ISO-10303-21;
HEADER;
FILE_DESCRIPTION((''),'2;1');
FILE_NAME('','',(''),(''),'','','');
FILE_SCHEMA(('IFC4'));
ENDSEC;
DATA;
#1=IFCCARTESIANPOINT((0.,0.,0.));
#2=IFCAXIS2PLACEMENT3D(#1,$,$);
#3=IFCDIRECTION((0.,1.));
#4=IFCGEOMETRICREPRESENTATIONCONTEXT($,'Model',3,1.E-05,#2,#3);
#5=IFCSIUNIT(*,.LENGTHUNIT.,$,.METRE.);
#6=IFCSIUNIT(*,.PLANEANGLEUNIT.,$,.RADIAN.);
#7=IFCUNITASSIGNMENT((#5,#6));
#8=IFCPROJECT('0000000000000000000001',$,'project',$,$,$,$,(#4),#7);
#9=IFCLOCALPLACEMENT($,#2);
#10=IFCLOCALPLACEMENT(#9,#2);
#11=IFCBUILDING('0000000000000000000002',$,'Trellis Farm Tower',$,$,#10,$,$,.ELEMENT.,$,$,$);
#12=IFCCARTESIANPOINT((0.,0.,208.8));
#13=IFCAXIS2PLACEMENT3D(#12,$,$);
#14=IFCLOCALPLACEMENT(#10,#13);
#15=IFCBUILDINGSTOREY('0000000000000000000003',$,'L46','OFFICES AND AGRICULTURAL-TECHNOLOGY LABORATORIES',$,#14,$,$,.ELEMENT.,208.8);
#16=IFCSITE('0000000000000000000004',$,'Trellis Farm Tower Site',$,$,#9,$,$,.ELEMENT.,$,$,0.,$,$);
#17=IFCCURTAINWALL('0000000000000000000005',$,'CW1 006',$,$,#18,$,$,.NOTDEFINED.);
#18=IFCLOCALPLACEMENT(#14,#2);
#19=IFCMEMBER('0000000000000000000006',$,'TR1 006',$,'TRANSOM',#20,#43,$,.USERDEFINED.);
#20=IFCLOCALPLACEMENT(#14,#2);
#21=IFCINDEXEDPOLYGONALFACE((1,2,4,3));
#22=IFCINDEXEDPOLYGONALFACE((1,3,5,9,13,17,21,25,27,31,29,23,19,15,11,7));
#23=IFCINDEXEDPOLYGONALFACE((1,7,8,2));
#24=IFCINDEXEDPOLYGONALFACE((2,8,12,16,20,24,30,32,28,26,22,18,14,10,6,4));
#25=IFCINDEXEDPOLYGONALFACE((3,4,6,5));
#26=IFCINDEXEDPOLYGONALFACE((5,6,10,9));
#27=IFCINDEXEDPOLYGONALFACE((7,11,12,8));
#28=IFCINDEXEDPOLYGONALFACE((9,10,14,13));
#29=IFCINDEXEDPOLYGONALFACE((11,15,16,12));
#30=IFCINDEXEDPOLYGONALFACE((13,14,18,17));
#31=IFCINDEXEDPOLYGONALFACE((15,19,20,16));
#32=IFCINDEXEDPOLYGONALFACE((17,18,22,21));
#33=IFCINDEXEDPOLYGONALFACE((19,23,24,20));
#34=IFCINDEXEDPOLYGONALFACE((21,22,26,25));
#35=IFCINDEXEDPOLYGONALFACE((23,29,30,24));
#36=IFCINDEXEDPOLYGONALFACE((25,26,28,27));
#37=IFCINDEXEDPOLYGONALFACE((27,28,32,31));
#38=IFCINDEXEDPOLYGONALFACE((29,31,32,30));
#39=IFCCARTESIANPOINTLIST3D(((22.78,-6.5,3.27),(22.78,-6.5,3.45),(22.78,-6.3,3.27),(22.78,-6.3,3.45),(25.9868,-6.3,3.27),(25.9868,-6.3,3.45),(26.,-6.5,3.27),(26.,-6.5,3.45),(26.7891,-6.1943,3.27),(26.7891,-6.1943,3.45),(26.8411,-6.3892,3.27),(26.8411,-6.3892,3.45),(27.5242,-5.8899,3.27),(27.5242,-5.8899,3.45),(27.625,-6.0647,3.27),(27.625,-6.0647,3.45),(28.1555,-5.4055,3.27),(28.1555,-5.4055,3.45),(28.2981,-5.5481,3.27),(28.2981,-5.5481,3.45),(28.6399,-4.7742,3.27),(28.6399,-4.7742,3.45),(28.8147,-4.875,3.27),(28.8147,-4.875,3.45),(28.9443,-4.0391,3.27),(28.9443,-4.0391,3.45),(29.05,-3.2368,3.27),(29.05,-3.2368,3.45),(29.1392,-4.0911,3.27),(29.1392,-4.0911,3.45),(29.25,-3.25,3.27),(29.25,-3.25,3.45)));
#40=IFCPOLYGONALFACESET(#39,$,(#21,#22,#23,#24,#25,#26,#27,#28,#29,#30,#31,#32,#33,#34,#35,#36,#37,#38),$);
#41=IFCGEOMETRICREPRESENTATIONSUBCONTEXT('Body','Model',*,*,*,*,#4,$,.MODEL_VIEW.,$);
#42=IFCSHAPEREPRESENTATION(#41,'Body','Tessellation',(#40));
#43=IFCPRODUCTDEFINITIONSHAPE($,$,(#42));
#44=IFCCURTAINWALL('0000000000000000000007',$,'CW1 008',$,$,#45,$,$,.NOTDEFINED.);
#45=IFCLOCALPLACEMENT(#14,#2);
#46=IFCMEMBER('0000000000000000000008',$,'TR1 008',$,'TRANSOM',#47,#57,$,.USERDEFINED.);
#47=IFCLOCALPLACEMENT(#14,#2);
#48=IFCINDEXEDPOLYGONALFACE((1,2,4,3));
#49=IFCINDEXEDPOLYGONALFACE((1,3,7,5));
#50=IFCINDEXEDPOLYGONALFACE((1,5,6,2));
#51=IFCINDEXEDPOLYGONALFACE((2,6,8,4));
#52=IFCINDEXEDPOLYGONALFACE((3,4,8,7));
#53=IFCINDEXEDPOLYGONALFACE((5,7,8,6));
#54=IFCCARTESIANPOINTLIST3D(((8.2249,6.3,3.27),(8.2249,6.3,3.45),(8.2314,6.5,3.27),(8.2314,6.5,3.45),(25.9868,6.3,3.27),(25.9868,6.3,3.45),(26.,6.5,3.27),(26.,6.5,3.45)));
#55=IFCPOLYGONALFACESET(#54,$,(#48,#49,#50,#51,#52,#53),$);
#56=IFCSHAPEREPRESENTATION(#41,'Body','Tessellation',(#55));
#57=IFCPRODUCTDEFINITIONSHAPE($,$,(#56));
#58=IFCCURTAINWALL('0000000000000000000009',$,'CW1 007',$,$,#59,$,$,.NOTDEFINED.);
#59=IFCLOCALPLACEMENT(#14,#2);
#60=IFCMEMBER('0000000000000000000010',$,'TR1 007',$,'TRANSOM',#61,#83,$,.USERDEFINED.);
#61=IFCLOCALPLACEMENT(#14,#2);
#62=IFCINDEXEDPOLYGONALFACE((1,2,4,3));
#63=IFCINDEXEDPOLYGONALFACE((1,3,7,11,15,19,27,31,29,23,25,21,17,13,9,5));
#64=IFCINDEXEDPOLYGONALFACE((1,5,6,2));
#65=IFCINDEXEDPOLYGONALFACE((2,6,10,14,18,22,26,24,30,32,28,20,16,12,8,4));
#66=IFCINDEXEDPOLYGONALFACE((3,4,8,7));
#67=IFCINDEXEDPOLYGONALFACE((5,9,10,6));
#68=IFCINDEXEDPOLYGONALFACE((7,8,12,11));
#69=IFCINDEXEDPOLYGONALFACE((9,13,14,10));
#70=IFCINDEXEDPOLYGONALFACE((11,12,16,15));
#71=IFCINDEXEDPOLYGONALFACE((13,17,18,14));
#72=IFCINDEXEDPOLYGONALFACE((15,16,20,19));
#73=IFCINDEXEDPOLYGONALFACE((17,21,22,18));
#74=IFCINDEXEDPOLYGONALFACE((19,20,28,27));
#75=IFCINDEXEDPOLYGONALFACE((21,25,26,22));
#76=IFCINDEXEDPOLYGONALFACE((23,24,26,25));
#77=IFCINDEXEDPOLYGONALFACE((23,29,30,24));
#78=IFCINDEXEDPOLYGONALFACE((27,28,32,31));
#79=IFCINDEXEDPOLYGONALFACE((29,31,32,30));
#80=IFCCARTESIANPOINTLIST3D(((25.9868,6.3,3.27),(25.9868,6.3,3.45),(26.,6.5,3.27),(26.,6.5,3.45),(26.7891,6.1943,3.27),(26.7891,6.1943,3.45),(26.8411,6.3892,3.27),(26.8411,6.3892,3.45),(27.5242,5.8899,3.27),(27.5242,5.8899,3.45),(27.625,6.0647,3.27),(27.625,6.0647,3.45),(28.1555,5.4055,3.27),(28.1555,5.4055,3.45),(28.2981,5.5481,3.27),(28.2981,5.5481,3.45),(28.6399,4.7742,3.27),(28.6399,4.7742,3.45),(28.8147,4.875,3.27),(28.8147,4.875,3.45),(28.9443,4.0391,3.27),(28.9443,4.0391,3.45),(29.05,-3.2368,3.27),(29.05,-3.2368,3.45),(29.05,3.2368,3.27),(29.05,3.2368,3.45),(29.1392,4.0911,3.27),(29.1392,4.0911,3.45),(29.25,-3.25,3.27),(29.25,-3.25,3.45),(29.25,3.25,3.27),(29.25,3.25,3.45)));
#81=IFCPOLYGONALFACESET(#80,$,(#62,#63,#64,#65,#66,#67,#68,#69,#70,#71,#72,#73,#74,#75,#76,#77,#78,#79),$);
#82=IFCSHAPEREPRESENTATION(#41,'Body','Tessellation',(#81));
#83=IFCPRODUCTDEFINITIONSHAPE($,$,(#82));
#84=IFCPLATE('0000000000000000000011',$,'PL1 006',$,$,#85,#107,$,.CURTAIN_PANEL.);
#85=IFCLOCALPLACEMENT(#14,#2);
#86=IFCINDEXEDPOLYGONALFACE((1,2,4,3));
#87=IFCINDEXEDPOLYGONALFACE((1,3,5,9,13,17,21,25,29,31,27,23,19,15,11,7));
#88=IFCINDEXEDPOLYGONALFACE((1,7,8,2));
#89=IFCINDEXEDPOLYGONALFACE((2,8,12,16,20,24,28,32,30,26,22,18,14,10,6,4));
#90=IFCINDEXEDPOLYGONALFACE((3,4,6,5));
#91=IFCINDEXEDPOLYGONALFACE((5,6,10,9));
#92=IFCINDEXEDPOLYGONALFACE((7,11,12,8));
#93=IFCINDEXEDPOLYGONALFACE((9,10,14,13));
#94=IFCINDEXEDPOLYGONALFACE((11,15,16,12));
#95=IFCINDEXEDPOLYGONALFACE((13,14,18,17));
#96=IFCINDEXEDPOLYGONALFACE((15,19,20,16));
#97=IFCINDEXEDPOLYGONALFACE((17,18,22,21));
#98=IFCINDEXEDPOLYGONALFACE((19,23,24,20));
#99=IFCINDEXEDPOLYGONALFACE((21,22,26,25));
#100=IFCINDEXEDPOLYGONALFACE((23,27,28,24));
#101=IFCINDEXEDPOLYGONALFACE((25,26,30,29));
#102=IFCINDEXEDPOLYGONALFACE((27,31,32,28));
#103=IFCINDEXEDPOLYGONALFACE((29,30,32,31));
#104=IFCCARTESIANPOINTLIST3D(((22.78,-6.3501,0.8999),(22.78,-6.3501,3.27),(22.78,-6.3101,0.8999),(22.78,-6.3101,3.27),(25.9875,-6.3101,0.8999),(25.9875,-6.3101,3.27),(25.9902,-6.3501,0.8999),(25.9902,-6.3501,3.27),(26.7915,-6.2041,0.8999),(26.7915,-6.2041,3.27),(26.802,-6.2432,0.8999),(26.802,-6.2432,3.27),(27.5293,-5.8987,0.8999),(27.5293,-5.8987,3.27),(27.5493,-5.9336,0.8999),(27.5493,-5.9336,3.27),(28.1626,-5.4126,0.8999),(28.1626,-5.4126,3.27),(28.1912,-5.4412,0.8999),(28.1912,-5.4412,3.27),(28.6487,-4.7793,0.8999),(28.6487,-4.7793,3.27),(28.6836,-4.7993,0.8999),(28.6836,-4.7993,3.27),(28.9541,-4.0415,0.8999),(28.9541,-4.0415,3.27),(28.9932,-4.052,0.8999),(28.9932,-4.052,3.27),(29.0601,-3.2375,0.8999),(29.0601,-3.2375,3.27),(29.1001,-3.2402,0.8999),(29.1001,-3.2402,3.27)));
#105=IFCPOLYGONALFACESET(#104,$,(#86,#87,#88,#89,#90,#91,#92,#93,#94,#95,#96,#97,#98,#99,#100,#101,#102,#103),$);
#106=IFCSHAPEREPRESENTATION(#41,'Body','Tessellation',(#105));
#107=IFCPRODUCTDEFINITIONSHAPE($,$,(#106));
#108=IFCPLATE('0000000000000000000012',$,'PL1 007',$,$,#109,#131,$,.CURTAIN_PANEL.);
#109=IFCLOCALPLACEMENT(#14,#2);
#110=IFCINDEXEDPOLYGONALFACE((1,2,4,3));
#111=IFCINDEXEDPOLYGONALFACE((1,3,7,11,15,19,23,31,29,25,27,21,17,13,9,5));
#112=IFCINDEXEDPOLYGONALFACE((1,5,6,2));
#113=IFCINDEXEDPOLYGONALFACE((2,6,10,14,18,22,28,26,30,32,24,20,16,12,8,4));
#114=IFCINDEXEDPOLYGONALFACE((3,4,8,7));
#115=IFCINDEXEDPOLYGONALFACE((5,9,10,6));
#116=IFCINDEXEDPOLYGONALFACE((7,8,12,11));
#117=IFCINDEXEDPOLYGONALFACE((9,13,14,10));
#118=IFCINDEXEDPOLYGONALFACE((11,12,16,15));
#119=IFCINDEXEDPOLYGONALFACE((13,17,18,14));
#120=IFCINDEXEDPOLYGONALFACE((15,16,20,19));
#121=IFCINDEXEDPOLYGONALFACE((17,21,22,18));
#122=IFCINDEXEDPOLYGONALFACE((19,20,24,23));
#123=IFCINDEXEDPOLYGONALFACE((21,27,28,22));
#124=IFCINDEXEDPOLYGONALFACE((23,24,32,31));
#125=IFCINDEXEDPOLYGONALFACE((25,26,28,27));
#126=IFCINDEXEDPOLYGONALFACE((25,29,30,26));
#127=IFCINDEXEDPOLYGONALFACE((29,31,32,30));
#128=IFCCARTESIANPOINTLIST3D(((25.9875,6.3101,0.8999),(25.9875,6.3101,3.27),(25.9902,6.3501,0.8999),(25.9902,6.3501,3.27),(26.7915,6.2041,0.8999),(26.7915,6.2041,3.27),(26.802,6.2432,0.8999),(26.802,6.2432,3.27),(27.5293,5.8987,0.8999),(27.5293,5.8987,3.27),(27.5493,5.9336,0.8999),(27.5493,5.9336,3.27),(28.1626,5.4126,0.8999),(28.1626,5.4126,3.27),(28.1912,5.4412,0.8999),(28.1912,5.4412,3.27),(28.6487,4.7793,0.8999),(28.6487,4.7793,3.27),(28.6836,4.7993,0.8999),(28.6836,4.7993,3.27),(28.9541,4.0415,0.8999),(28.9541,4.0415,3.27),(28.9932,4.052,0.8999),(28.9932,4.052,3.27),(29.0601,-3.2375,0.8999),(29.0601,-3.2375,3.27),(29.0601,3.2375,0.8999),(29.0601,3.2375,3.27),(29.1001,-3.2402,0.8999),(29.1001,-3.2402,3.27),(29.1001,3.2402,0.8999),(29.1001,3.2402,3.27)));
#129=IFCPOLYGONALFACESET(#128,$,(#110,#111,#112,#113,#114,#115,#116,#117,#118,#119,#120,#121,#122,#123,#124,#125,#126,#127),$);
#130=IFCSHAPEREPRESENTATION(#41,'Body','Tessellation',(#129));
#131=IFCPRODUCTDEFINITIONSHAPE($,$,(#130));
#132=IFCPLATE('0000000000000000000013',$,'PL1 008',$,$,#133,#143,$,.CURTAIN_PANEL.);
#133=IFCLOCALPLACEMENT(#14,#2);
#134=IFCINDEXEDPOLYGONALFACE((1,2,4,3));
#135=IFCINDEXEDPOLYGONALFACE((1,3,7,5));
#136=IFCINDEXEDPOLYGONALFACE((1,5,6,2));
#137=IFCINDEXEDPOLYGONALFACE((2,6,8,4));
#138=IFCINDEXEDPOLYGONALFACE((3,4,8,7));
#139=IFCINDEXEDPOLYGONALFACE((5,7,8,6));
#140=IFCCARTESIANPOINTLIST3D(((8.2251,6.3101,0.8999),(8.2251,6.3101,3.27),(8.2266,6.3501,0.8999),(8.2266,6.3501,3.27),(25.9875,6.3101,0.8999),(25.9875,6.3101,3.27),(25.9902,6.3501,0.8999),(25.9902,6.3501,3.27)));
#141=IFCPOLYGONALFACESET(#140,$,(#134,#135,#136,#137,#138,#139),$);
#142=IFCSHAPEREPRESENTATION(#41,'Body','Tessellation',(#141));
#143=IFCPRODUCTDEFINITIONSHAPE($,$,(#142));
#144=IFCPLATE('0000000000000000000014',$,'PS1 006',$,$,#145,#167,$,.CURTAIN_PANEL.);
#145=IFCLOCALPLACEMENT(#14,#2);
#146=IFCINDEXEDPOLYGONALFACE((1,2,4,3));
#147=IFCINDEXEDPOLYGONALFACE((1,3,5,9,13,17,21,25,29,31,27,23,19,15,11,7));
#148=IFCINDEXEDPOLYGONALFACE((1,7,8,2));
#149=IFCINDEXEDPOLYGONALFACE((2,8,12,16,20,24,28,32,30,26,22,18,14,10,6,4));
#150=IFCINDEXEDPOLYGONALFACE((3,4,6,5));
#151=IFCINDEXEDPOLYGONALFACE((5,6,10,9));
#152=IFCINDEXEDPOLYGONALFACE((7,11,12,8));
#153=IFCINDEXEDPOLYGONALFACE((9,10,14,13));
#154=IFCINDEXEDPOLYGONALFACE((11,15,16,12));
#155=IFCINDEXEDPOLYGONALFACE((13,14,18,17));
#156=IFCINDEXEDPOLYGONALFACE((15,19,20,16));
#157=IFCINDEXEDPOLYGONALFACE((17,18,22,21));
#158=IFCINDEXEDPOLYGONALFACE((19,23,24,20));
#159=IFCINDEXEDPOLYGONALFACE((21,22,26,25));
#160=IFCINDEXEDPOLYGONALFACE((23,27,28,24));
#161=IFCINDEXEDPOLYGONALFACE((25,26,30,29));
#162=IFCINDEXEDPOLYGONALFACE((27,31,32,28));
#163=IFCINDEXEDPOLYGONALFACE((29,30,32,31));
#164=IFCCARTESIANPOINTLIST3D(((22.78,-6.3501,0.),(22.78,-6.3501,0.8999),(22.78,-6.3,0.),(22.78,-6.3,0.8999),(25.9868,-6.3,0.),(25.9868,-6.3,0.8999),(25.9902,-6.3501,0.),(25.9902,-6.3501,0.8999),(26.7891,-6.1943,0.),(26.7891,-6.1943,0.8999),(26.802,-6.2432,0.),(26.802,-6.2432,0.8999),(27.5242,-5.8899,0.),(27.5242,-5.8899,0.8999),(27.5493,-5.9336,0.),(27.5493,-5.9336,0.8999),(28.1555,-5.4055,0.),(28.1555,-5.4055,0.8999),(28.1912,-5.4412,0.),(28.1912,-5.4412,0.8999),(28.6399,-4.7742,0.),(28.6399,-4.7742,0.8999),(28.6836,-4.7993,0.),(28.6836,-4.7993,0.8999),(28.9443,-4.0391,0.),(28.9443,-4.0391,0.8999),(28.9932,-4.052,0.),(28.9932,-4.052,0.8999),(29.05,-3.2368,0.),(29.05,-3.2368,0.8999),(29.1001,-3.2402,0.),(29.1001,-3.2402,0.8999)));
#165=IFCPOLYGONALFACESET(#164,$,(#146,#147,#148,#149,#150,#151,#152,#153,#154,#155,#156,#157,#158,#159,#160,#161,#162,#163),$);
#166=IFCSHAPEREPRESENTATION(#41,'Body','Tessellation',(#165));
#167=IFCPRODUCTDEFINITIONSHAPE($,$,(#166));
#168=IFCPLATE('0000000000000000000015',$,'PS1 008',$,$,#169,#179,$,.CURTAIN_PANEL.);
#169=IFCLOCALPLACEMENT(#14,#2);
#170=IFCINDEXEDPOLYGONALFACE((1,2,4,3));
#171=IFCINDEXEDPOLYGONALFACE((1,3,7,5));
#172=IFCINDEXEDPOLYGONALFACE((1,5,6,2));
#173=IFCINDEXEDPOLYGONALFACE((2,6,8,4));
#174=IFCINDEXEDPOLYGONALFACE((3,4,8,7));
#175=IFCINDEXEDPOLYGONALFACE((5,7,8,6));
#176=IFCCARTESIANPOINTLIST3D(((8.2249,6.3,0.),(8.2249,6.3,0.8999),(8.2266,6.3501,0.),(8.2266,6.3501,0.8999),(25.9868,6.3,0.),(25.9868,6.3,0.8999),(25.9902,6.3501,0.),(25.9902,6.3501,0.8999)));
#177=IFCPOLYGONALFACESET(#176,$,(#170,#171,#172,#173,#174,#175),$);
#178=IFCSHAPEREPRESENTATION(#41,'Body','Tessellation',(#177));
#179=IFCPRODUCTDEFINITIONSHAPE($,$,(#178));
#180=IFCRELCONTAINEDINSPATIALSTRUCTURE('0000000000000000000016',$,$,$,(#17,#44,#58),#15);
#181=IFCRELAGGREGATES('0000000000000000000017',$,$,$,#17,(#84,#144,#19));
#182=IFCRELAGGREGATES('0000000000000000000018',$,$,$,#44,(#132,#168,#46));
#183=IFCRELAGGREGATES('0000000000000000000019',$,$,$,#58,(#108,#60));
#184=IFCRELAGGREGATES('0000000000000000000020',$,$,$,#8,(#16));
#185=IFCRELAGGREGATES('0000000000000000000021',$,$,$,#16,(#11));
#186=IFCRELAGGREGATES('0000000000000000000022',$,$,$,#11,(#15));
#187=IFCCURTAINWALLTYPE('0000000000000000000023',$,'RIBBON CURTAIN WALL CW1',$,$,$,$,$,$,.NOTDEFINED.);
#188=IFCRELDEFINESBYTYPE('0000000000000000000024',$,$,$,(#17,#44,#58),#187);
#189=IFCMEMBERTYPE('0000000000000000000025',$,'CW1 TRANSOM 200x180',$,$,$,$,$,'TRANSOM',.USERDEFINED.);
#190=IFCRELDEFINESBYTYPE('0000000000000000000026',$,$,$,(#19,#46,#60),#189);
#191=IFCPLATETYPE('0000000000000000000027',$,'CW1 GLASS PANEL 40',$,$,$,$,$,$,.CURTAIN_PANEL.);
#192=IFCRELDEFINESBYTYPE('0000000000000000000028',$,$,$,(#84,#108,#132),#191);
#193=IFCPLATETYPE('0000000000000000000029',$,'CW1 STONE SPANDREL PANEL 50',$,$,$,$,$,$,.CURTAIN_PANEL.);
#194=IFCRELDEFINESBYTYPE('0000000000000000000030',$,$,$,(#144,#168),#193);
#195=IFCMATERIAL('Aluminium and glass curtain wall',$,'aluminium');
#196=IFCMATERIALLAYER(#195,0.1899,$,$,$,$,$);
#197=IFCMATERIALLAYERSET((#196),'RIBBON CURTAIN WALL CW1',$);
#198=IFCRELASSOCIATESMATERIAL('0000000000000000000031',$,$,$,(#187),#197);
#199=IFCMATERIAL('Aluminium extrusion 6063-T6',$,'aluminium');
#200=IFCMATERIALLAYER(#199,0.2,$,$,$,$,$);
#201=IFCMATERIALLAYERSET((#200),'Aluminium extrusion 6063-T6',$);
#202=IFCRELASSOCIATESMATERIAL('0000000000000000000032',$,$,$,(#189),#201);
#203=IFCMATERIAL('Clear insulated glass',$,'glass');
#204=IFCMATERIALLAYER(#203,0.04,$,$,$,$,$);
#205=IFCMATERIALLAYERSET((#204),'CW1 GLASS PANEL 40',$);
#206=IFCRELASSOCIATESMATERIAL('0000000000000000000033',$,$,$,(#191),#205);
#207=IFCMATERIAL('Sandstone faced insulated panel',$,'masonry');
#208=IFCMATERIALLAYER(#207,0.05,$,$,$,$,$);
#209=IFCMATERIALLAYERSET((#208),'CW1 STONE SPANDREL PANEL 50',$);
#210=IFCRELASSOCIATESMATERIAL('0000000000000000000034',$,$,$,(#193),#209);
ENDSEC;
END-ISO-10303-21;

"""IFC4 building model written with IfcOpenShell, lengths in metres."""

from ifc_helpers import new_model, si_unit, direction, frame, origin, place, context, subcontext, project, spatial, polyline, outline, extrude, source, transform, mapped, material, layer, layer_set, type_object, element, aggregate, save


model = new_model("IFC4")

# Units and contexts
model_context = context("Model", 3, precision=1e-05, world=origin(), true_north=direction((0.0, 1.0)))
body_context = subcontext(model_context, "Body", "Model", "MODEL_VIEW")
ifc_project = project(units=[si_unit("LENGTHUNIT", "METRE"), si_unit("PLANEANGLEUNIT", "RADIAN")], contexts=[model_context])

# Site, building, storey
site_placement = place(None, origin())
site = spatial("IfcSite", under=ifc_project, at=site_placement, Name="Trellis Farm Tower Site", CompositionType="ELEMENT", RefElevation=0.0)
building_placement = place(site_placement, origin())
building = spatial("IfcBuilding", under=site, at=building_placement, Name="Trellis Farm Tower", CompositionType="ELEMENT")
storey_placement = place(building_placement, frame((0.0, 0.0, 208.8)))
storey = spatial("IfcBuildingStorey", under=building, at=storey_placement, Name="L46", Description="OFFICES AND AGRICULTURAL-TECHNOLOGY LABORATORIES", CompositionType="ELEMENT", Elevation=208.8)

# Curtain walls, members
ifc_material_1 = material(Name="Aluminium and glass curtain wall", Category="aluminium")
placement_1 = place(storey_placement, origin())
ifc_material_2 = material(Name="Aluminium extrusion 6063-T6", Category="aluminium")
ifc_layer_1 = layer(ifc_material_1, 0.1899)
ifc_layer_set_1 = layer_set([ifc_layer_1], Name="RIBBON CURTAIN WALL CW1")
curtain_wall_type_1 = type_object("IfcCurtainWallType", Name="RIBBON CURTAIN WALL CW1", PredefinedType="NOTDEFINED", material=ifc_layer_set_1)
curtain_wall_1 = element("IfcCurtainWall", 1, at=placement_1, inside=storey, type_object=curtain_wall_type_1, Name="CW1 006", PredefinedType="NOTDEFINED")
ifc_layer_2 = layer(ifc_material_2, 0.2)
ifc_layer_set_2 = layer_set([ifc_layer_2], Name="Aluminium extrusion 6063-T6")
member_type_1 = type_object("IfcMemberType", Name="CW1 TRANSOM 200x180", ElementType="TRANSOM", PredefinedType="USERDEFINED", material=ifc_layer_set_2)
shared_shape_1 = source(origin(), body_context, "Body", "SweptSolid", [
    extrude(outline(polyline([(22.78, -6.5), (26.0, -6.5), (26.8411, -6.3892), (27.625, -6.0647), (28.2981, -5.5481), (28.8147, -4.875), (29.1392, -4.0911), (29.25, -3.25), (29.05, -3.2368), (28.9443, -4.0391), (28.6399, -4.7742), (28.1555, -5.4055), (27.5242, -5.8899), (26.7891, -6.1943), (25.9868, -6.3), (22.78, -6.3), (22.78, -6.5)])), origin(), (0.0, 0.0, 1.0), 0.1799),
])
placement_2 = place(storey_placement, frame((0.0, 0.0, 3.27)))
member_1 = element("IfcMember", 2, at=placement_2, type_object=member_type_1, Name="TR1 006", ObjectType="TRANSOM", PredefinedType="USERDEFINED", context=body_context, shape_type="MappedRepresentation", body=[
    mapped(shared_shape_1, transform((0.0, 0.0, 0.0))),
])
curtain_wall_2 = element("IfcCurtainWall", 3, at=placement_1, inside=storey, type_object=curtain_wall_type_1, Name="CW1 008", PredefinedType="NOTDEFINED")
shared_shape_2 = source(origin(), body_context, "Body", "SweptSolid", [
    extrude(outline(polyline([(26.0, 6.5), (8.2314, 6.5), (8.2249, 6.3), (25.9868, 6.3), (26.0, 6.5)])), origin(), (0.0, 0.0, 1.0), 0.1799),
])
member_2 = element("IfcMember", 4, at=placement_2, type_object=member_type_1, Name="TR1 008", ObjectType="TRANSOM", PredefinedType="USERDEFINED", context=body_context, shape_type="MappedRepresentation", body=[
    mapped(shared_shape_2, transform((0.0, 0.0, 0.0))),
])
curtain_wall_3 = element("IfcCurtainWall", 5, at=placement_1, inside=storey, type_object=curtain_wall_type_1, Name="CW1 007", PredefinedType="NOTDEFINED")
shared_shape_3 = source(origin(), body_context, "Body", "SweptSolid", [
    extrude(outline(polyline([(29.25, -3.25), (29.25, 3.25), (29.1392, 4.0911), (28.8147, 4.875), (28.2981, 5.5481), (27.625, 6.0647), (26.8411, 6.3892), (26.0, 6.5), (25.9868, 6.3), (26.7891, 6.1943), (27.5242, 5.8899), (28.1555, 5.4055), (28.6399, 4.7742), (28.9443, 4.0391), (29.05, 3.2368), (29.05, -3.2368), (29.25, -3.25)])), origin(), (0.0, 0.0, 1.0), 0.1799),
])
member_3 = element("IfcMember", 6, at=placement_2, type_object=member_type_1, Name="TR1 007", ObjectType="TRANSOM", PredefinedType="USERDEFINED", context=body_context, shape_type="MappedRepresentation", body=[
    mapped(shared_shape_3, transform((0.0, 0.0, 0.0))),
])

# Plates
ifc_material_3 = material(Name="Clear insulated glass", Category="glass")
ifc_layer_3 = layer(ifc_material_3, 0.04)
ifc_layer_set_3 = layer_set([ifc_layer_3], Name="CW1 GLASS PANEL 40")
plate_type_1 = type_object("IfcPlateType", Name="CW1 GLASS PANEL 40", PredefinedType="CURTAIN_PANEL", material=ifc_layer_set_3)
placement_3 = place(storey_placement, frame((0.0, 0.0, 0.8999)))
plate_1 = element("IfcPlate", 7, at=placement_3, type_object=plate_type_1, Name="PL1 006", PredefinedType="CURTAIN_PANEL", context=body_context, shape_type="SweptSolid", body=[
    extrude(outline(polyline([(22.78, -6.3501), (25.9902, -6.3501), (26.802, -6.2432), (27.5493, -5.9336), (28.1912, -5.4412), (28.6836, -4.7993), (28.9932, -4.052), (29.1001, -3.2402), (29.0601, -3.2375), (28.9541, -4.0415), (28.6487, -4.7793), (28.1626, -5.4126), (27.5293, -5.8987), (26.7915, -6.2041), (25.9875, -6.3101), (22.78, -6.3101), (22.78, -6.3501)])), origin(), (0.0, 0.0, 1.0), 2.3701),
])
plate_2 = element("IfcPlate", 8, at=placement_3, type_object=plate_type_1, Name="PL1 007", PredefinedType="CURTAIN_PANEL", context=body_context, shape_type="SweptSolid", body=[
    extrude(outline(polyline([(29.1001, -3.2402), (29.1001, 3.2402), (28.9932, 4.052), (28.6836, 4.7993), (28.1912, 5.4412), (27.5493, 5.9336), (26.802, 6.2432), (25.9902, 6.3501), (25.9875, 6.3101), (26.7915, 6.2041), (27.5293, 5.8987), (28.1626, 5.4126), (28.6487, 4.7793), (28.9541, 4.0415), (29.0601, 3.2375), (29.0601, -3.2375), (29.1001, -3.2402)])), origin(), (0.0, 0.0, 1.0), 2.3701),
])
plate_3 = element("IfcPlate", 9, at=placement_3, type_object=plate_type_1, Name="PL1 008", PredefinedType="CURTAIN_PANEL", context=body_context, shape_type="SweptSolid", body=[
    extrude(outline(polyline([(25.9902, 6.3501), (8.2266, 6.3501), (8.2251, 6.3101), (25.9875, 6.3101), (25.9902, 6.3501)])), origin(), (0.0, 0.0, 1.0), 2.3701),
])
ifc_material_4 = material(Name="Sandstone faced insulated panel", Category="masonry")
ifc_layer_4 = layer(ifc_material_4, 0.05)
ifc_layer_set_4 = layer_set([ifc_layer_4], Name="CW1 STONE SPANDREL PANEL 50")
plate_type_2 = type_object("IfcPlateType", Name="CW1 STONE SPANDREL PANEL 50", PredefinedType="CURTAIN_PANEL", material=ifc_layer_set_4)
shared_shape_4 = source(origin(), body_context, "Body", "SweptSolid", [
    extrude(outline(polyline([(22.78, -6.3501), (25.9902, -6.3501), (26.802, -6.2432), (27.5493, -5.9336), (28.1912, -5.4412), (28.6836, -4.7993), (28.9932, -4.052), (29.1001, -3.2402), (29.05, -3.2368), (28.9443, -4.0391), (28.6399, -4.7742), (28.1555, -5.4055), (27.5242, -5.8899), (26.7891, -6.1943), (25.9868, -6.3), (22.78, -6.3), (22.78, -6.3501)])), origin(), (0.0, 0.0, 1.0), 0.8999),
])
plate_4 = element("IfcPlate", 10, at=placement_1, type_object=plate_type_2, Name="PS1 006", PredefinedType="CURTAIN_PANEL", context=body_context, shape_type="MappedRepresentation", body=[
    mapped(shared_shape_4, transform((0.0, 0.0, 0.0))),
])
aggregate(curtain_wall_1, [plate_1, plate_4, member_1])
shared_shape_5 = source(origin(), body_context, "Body", "SweptSolid", [
    extrude(outline(polyline([(25.9902, 6.3501), (8.2266, 6.3501), (8.2249, 6.3), (25.9868, 6.3), (25.9902, 6.3501)])), origin(), (0.0, 0.0, 1.0), 0.8999),
])
plate_5 = element("IfcPlate", 11, at=placement_1, type_object=plate_type_2, Name="PS1 008", PredefinedType="CURTAIN_PANEL", context=body_context, shape_type="MappedRepresentation", body=[
    mapped(shared_shape_5, transform((0.0, 0.0, 0.0))),
])
aggregate(curtain_wall_2, [plate_3, plate_5, member_2])
aggregate(curtain_wall_3, [plate_2, member_3])

save(model, "model.ifc")
